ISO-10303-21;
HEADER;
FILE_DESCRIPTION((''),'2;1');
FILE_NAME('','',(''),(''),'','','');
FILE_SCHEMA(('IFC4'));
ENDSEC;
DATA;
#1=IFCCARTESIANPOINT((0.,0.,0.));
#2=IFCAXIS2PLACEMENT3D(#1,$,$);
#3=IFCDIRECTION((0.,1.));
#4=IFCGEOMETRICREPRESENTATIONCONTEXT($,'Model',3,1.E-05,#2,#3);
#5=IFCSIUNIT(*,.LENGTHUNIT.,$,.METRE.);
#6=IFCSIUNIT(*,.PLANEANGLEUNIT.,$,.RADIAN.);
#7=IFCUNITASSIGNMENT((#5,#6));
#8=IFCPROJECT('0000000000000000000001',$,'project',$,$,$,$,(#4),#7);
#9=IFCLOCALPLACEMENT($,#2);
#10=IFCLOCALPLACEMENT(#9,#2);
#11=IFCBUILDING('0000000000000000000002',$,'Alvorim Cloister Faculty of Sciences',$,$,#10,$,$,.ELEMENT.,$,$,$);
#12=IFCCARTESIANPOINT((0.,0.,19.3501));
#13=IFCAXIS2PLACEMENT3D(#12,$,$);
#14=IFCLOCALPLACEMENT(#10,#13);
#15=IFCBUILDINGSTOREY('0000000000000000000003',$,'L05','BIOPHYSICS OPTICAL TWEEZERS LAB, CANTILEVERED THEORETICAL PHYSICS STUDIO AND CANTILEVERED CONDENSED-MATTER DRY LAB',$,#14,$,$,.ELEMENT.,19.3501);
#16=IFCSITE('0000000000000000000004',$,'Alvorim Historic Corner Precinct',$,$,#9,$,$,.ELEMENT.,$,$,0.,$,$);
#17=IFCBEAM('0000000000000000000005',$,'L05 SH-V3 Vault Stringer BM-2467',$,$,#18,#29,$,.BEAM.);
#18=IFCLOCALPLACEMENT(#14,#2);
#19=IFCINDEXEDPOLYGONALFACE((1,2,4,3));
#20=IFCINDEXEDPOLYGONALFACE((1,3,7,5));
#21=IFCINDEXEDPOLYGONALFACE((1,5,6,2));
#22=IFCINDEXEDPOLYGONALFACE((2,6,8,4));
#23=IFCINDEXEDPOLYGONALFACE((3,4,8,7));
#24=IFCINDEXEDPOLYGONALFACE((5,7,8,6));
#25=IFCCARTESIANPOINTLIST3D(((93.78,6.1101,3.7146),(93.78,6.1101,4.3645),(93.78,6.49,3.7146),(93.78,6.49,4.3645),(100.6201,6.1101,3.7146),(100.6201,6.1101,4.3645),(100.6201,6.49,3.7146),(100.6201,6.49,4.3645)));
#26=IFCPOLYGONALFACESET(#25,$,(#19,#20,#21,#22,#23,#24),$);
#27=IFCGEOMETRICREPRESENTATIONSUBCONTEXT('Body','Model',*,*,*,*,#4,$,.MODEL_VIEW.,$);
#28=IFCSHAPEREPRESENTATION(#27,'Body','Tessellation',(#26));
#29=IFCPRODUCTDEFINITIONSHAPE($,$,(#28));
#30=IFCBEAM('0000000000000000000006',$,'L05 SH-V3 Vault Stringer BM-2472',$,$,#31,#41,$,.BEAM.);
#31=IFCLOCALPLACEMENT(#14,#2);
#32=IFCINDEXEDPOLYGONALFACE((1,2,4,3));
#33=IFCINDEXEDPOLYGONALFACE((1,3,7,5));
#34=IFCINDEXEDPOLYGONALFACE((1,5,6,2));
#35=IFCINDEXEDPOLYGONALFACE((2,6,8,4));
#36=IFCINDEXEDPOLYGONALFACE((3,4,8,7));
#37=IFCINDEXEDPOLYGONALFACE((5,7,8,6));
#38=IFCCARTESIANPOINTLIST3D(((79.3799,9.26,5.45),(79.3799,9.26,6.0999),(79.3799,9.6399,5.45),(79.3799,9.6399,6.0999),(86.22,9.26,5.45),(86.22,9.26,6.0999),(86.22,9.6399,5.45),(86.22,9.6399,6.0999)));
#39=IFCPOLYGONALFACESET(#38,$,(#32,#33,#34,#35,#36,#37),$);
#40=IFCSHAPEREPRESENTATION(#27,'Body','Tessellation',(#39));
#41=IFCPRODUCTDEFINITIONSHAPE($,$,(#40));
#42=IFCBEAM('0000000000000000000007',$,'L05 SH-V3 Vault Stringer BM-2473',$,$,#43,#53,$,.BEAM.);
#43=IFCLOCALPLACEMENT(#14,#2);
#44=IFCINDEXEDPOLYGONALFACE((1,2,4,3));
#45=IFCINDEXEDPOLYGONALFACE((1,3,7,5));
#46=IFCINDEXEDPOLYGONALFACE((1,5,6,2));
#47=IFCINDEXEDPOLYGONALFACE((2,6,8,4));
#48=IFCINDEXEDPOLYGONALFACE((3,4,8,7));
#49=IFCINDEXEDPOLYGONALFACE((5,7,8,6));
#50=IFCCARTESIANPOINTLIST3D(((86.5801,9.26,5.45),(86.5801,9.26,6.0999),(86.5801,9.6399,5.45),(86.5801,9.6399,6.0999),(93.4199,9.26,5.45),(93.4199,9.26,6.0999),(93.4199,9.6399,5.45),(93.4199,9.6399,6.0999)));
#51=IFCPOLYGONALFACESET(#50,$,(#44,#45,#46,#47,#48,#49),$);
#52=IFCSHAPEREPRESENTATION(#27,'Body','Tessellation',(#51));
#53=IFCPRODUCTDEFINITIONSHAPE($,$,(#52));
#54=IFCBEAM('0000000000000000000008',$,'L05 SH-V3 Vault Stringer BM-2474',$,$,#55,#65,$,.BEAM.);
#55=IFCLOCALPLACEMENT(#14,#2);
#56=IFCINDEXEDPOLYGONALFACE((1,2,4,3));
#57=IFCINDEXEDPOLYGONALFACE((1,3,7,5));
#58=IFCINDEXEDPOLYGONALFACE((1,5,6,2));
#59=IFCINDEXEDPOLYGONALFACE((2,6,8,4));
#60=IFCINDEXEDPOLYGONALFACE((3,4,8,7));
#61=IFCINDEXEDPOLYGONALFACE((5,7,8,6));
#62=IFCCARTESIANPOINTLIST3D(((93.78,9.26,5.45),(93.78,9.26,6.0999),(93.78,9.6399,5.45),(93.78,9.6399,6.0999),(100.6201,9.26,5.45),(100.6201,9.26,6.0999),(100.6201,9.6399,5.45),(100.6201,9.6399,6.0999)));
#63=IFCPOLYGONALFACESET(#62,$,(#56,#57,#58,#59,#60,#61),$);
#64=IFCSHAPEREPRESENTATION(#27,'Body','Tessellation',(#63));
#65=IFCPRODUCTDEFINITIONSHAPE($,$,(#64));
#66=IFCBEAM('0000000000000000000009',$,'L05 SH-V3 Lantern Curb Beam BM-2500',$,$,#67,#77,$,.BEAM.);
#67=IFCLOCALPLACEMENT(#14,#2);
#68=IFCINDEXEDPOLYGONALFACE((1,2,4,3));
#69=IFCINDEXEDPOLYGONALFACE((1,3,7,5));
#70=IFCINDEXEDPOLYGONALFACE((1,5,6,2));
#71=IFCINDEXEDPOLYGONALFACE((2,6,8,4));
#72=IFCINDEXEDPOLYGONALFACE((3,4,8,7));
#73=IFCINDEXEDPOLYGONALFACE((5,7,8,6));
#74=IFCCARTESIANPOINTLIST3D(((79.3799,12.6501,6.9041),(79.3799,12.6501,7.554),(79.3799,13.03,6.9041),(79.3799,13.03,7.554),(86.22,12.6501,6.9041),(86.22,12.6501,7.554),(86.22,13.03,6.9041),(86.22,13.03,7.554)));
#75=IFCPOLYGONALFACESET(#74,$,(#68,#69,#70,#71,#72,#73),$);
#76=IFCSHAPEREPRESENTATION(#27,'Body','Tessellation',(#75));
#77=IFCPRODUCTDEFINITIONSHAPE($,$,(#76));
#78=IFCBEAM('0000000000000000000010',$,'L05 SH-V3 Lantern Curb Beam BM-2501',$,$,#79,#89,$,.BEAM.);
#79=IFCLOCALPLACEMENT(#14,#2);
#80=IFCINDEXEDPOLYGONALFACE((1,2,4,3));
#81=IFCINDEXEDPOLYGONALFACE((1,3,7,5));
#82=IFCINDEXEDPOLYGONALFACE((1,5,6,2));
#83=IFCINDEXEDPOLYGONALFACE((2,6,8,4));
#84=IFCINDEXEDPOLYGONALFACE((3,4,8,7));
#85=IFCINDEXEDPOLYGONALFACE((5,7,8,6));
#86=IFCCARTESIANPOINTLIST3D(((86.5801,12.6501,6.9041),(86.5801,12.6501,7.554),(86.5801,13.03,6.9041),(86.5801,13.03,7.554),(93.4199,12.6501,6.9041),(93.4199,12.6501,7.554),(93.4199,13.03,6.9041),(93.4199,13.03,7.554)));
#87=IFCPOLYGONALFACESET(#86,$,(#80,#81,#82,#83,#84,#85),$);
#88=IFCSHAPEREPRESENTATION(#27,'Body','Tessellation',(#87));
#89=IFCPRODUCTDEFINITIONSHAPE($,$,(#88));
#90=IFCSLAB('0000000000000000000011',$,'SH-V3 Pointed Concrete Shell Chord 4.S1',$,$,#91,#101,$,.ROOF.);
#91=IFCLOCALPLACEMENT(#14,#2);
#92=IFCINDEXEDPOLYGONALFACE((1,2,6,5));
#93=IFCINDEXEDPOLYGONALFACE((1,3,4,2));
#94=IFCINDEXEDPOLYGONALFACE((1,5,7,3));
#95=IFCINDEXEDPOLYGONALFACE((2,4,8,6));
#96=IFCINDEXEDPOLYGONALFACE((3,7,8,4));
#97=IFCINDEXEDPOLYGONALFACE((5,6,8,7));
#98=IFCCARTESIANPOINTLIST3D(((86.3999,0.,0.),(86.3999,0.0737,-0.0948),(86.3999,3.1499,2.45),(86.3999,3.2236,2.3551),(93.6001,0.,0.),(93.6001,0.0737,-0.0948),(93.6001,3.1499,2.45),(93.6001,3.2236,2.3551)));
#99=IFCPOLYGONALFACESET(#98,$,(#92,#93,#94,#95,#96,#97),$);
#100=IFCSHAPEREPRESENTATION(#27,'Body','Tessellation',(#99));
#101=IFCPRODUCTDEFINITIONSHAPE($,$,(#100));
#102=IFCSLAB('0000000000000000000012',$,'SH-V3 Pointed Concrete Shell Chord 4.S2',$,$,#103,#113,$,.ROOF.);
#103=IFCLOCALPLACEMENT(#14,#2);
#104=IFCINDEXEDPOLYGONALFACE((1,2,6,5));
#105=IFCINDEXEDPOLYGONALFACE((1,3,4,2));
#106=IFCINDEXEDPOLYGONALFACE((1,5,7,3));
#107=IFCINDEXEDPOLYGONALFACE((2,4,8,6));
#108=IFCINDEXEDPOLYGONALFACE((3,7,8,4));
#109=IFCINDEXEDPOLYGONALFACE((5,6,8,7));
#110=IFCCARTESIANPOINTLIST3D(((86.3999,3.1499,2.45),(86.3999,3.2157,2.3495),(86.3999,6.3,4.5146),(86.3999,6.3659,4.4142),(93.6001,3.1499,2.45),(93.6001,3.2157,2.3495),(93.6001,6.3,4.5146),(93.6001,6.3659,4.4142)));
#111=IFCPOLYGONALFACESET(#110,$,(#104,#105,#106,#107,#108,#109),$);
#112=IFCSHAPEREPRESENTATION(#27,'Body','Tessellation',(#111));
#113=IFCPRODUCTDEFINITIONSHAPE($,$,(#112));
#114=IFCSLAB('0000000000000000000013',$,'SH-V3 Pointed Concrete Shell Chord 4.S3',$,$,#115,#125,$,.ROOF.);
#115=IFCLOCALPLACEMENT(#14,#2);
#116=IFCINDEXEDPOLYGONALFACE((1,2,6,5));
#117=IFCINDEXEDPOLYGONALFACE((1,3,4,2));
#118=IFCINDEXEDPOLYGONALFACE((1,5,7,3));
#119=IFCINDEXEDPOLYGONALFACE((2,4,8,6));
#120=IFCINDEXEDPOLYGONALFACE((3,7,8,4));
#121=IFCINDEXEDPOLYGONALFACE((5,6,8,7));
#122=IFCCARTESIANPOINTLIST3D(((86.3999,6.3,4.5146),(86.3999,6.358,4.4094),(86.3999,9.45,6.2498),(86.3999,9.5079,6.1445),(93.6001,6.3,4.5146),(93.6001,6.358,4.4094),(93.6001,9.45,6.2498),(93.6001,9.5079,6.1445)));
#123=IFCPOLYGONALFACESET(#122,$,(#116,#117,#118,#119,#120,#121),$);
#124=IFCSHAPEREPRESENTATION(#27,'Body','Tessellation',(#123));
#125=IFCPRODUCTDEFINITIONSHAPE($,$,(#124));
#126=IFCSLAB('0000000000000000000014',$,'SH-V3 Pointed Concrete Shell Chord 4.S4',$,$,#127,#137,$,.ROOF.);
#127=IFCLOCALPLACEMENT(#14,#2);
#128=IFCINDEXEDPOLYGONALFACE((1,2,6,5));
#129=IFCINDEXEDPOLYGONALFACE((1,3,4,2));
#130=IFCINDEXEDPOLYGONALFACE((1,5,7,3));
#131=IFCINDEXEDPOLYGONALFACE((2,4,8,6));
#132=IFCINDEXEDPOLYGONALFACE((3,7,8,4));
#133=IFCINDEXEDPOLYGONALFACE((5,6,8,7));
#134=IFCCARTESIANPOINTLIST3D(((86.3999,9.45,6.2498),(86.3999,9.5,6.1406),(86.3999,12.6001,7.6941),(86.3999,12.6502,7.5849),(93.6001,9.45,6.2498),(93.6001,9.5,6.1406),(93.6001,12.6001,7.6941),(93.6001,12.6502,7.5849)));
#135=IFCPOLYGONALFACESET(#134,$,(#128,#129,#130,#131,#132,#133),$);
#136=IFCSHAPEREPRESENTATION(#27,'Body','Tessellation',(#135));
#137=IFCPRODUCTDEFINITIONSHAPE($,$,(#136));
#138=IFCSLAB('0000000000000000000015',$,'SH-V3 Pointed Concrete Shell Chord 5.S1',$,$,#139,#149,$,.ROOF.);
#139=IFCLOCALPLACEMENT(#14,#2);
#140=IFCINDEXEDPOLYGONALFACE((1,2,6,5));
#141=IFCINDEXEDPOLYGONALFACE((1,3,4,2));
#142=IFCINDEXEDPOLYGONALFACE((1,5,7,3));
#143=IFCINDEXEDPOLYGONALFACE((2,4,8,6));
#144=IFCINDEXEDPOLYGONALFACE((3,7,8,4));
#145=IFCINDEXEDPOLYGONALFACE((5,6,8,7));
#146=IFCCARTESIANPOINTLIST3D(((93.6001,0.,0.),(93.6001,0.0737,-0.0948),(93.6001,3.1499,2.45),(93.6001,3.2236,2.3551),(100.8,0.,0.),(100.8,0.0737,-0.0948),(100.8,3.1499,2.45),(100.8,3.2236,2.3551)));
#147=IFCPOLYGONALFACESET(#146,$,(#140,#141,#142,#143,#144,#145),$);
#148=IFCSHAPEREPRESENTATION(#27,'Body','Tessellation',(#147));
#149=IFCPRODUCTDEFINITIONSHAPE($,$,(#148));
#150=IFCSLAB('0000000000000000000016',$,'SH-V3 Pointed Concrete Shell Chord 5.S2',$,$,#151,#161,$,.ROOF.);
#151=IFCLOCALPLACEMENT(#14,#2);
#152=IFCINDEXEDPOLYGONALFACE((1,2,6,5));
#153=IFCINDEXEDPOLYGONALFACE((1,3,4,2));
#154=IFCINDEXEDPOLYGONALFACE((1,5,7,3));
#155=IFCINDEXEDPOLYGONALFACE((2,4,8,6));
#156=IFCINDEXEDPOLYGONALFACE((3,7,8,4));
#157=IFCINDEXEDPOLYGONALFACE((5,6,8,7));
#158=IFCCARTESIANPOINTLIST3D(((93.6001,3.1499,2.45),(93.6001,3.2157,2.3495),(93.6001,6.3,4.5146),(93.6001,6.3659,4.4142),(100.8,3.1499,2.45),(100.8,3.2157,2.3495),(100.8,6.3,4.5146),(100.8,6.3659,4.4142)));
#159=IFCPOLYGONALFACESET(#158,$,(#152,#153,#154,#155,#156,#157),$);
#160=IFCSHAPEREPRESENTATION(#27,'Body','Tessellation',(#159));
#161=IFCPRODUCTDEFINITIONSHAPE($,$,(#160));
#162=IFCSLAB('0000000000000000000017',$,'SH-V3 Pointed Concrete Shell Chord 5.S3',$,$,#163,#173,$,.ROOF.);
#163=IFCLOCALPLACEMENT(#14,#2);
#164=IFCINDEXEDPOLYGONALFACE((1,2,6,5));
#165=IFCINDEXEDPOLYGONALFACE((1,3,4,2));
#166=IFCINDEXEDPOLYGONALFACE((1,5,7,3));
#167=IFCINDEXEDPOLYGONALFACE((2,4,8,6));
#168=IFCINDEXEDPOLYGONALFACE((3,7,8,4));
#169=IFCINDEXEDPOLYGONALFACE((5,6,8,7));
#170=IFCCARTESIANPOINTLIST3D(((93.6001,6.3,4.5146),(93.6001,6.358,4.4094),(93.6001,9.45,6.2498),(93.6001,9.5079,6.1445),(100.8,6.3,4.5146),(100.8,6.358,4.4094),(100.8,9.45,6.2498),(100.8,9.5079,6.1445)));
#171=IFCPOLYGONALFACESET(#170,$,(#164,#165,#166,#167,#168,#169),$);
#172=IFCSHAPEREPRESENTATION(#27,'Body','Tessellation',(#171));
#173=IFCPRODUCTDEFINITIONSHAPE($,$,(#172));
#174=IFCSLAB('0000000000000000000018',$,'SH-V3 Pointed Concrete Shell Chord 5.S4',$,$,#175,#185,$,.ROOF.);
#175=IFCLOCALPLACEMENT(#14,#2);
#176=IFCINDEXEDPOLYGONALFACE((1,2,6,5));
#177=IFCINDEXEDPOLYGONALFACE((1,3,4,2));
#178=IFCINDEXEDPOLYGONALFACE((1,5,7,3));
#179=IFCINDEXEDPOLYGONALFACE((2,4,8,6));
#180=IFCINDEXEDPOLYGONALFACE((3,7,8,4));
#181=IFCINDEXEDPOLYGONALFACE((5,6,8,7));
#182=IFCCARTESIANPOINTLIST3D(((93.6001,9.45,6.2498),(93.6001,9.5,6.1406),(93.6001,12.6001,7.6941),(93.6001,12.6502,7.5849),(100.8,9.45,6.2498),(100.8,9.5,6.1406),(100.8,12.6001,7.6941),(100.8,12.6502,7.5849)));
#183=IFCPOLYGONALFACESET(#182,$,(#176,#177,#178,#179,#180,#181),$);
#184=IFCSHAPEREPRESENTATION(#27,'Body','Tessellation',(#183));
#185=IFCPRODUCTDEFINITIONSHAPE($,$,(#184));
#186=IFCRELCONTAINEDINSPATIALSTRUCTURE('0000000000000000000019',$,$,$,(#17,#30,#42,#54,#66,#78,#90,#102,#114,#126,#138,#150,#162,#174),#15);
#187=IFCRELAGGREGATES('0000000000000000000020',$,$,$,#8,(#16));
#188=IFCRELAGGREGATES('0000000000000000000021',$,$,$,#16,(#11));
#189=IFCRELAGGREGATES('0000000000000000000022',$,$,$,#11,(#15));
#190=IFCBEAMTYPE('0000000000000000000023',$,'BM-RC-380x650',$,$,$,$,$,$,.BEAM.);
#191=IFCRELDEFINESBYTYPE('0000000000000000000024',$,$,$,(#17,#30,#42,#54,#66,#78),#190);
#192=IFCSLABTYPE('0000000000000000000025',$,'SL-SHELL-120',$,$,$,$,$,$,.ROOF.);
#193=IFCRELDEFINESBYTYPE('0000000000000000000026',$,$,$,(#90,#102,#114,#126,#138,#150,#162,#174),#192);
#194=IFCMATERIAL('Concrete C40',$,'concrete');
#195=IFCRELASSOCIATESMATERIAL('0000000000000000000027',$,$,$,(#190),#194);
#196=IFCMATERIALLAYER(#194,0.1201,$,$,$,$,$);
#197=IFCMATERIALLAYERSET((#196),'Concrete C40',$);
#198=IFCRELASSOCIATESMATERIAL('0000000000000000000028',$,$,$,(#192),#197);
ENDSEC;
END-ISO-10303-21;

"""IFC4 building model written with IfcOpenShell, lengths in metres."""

from ifc_helpers import new_model, si_unit, direction, frame, origin, origin_2d, place, context, subcontext, project, spatial, polyline, rectangle, outline, extrude, material, layer, layer_set, material_profile, profile_set, type_object, element, save


model = new_model("IFC4")

# Units and contexts
model_context = context("Model", 3, precision=1e-05, world=origin(), true_north=direction((0.0, 1.0)))
body_context = subcontext(model_context, "Body", "Model", "MODEL_VIEW")
ifc_project = project(units=[si_unit("LENGTHUNIT", "METRE"), si_unit("PLANEANGLEUNIT", "RADIAN")], contexts=[model_context])

# Site, building, storey
site_placement = place(None, origin())
site = spatial("IfcSite", under=ifc_project, at=site_placement, Name="Alvorim Historic Corner Precinct", CompositionType="ELEMENT", RefElevation=0.0)
building_placement = place(site_placement, origin())
building = spatial("IfcBuilding", under=site, at=building_placement, Name="Alvorim Cloister Faculty of Sciences", CompositionType="ELEMENT")
storey_placement = place(building_placement, frame((0.0, 0.0, 19.3501)))
storey = spatial("IfcBuildingStorey", under=building, at=storey_placement, Name="L05", Description="BIOPHYSICS OPTICAL TWEEZERS LAB, CANTILEVERED THEORETICAL PHYSICS STUDIO AND CANTILEVERED CONDENSED-MATTER DRY LAB", CompositionType="ELEMENT", Elevation=19.3501)

# Beams
ifc_material = material(Name="Concrete C40", Category="concrete")
ifc_material_profile_1 = material_profile(ifc_material, rectangle(XDim=0.3799, YDim=0.6499, at=origin_2d()), Name="RC40-BM-380x650")
ifc_profile_set_1 = profile_set([ifc_material_profile_1], Name="Concrete C40")
beam_type_1 = type_object("IfcBeamType", Name="BM-RC-380x650", PredefinedType="BEAM", material=ifc_profile_set_1)
for number, where, z_axis, x_axis, name in (
    (1, (93.78, 6.3, 4.0396), (1.0, 0.0, 0.0), (0.0, 1.0, 0.0), "L05 SH-V3 Vault Stringer BM-2467"),
    (2, (79.3799, 9.45, 5.7749), (1.0, 0.0, 0.0), (0.0, 1.0, 0.0), "L05 SH-V3 Vault Stringer BM-2472"),
):
    element("IfcBeam", number, at=place(storey_placement, frame(where, z_axis=z_axis, x_axis=x_axis)), inside=storey, type_object=beam_type_1, Name=name, PredefinedType="BEAM", context=body_context, shape_type="SweptSolid", body=[
        extrude(rectangle(XDim=0.3799, YDim=0.6499, at=origin_2d()), origin(), (0.0, 0.0, 1.0), 6.8401),
    ])
beam_1_placement = place(storey_placement, frame((86.5801, 9.45, 5.7749), z_axis=(1.0, 0.0, 0.0), x_axis=(0.0, 1.0, 0.0)))
element("IfcBeam", 3, at=beam_1_placement, inside=storey, type_object=beam_type_1, Name="L05 SH-V3 Vault Stringer BM-2473", PredefinedType="BEAM", context=body_context, shape_type="SweptSolid", body=[
    extrude(rectangle(XDim=0.3799, YDim=0.6499, at=origin_2d()), origin(), (0.0, 0.0, 1.0), 6.8398),
])
for number, where, z_axis, x_axis, name in (
    (4, (93.78, 9.45, 5.7749), (1.0, 0.0, 0.0), (0.0, 1.0, 0.0), "L05 SH-V3 Vault Stringer BM-2474"),
    (5, (79.3799, 12.8401, 7.229), (1.0, 0.0, 0.0), (0.0, 1.0, 0.0), "L05 SH-V3 Lantern Curb Beam BM-2500"),
):
    element("IfcBeam", number, at=place(storey_placement, frame(where, z_axis=z_axis, x_axis=x_axis)), inside=storey, type_object=beam_type_1, Name=name, PredefinedType="BEAM", context=body_context, shape_type="SweptSolid", body=[
        extrude(rectangle(XDim=0.3799, YDim=0.6499, at=origin_2d()), origin(), (0.0, 0.0, 1.0), 6.8401),
    ])
beam_2_placement = place(storey_placement, frame((86.5801, 12.8401, 7.229), z_axis=(1.0, 0.0, 0.0), x_axis=(0.0, 1.0, 0.0)))
element("IfcBeam", 6, at=beam_2_placement, inside=storey, type_object=beam_type_1, Name="L05 SH-V3 Lantern Curb Beam BM-2501", PredefinedType="BEAM", context=body_context, shape_type="SweptSolid", body=[
    extrude(rectangle(XDim=0.3799, YDim=0.6499, at=origin_2d()), origin(), (0.0, 0.0, 1.0), 6.8398),
])

# Slabs
ifc_layer = layer(ifc_material, 0.1201)
ifc_layer_set = layer_set([ifc_layer], Name="Concrete C40")
slab_type = type_object("IfcSlabType", Name="SL-SHELL-120", PredefinedType="ROOF", material=ifc_layer_set)
slab_1_placement = place(storey_placement, frame((86.3999, 0.0, 0.0), z_axis=(0.0, -0.613945, 0.789349), x_axis=(1.0, 0.0, 0.0)))
element("IfcSlab", 7, at=slab_1_placement, inside=storey, type_object=slab_type, Name="SH-V3 Pointed Concrete Shell Chord 4.S1", PredefinedType="ROOF", context=body_context, shape_type="SweptSolid", body=[
    extrude(outline(polyline([(0.0, 0.0), (7.2002, 0.0), (7.2002, 3.9905), (0.0, 3.9905), (0.0, 0.0)])), origin(), (0.0, 0.0, -1.0), 0.1201),
])
slab_2_placement = place(storey_placement, frame((86.3999, 3.1499, 2.45), z_axis=(0.0, -0.548176, 0.836363), x_axis=(1.0, 0.0, 0.0)))
element("IfcSlab", 8, at=slab_2_placement, inside=storey, type_object=slab_type, Name="SH-V3 Pointed Concrete Shell Chord 4.S2", PredefinedType="ROOF", context=body_context, shape_type="SweptSolid", body=[
    extrude(outline(polyline([(0.0, 0.0), (7.2002, 0.0), (7.2002, 3.7665), (0.0, 3.7665), (0.0, 0.0)])), origin(), (0.0, 0.0, -1.0), 0.1201),
])
slab_3_placement = place(storey_placement, frame((86.3999, 6.3, 4.5146), z_axis=(0.0, -0.482487, 0.875903), x_axis=(1.0, 0.0, 0.0)))
element("IfcSlab", 9, at=slab_3_placement, inside=storey, type_object=slab_type, Name="SH-V3 Pointed Concrete Shell Chord 4.S3", PredefinedType="ROOF", context=body_context, shape_type="SweptSolid", body=[
    extrude(outline(polyline([(0.0, 0.0), (7.2002, 0.0), (7.2002, 3.5962), (0.0, 3.5962), (0.0, 0.0)])), origin(), (0.0, 0.0, -1.0), 0.1201),
])
slab_4_placement = place(storey_placement, frame((86.3999, 9.45, 6.2498), z_axis=(0.0, -0.416778, 0.909008), x_axis=(1.0, 0.0, 0.0)))
element("IfcSlab", 10, at=slab_4_placement, inside=storey, type_object=slab_type, Name="SH-V3 Pointed Concrete Shell Chord 4.S4", PredefinedType="ROOF", context=body_context, shape_type="SweptSolid", body=[
    extrude(outline(polyline([(0.0, 0.0), (7.2002, 0.0), (7.2002, 3.4655), (0.0, 3.4655), (0.0, 0.0)])), origin(), (0.0, 0.0, -1.0), 0.1201),
])
slab_5_placement = place(storey_placement, frame((93.6001, 0.0, 0.0), z_axis=(0.0, -0.613945, 0.789349), x_axis=(1.0, 0.0, 0.0)))
element("IfcSlab", 11, at=slab_5_placement, inside=storey, type_object=slab_type, Name="SH-V3 Pointed Concrete Shell Chord 5.S1", PredefinedType="ROOF", context=body_context, shape_type="SweptSolid", body=[
    extrude(outline(polyline([(0.0, 0.0), (7.2, 0.0), (7.2, 3.9905), (0.0, 3.9905), (0.0, 0.0)])), origin(), (0.0, 0.0, -1.0), 0.1201),
])
slab_6_placement = place(storey_placement, frame((93.6001, 3.1499, 2.45), z_axis=(0.0, -0.548176, 0.836363), x_axis=(1.0, 0.0, 0.0)))
element("IfcSlab", 12, at=slab_6_placement, inside=storey, type_object=slab_type, Name="SH-V3 Pointed Concrete Shell Chord 5.S2", PredefinedType="ROOF", context=body_context, shape_type="SweptSolid", body=[
    extrude(outline(polyline([(0.0, 0.0), (7.2, 0.0), (7.2, 3.7665), (0.0, 3.7665), (0.0, 0.0)])), origin(), (0.0, 0.0, -1.0), 0.1201),
])
slab_7_placement = place(storey_placement, frame((93.6001, 6.3, 4.5146), z_axis=(0.0, -0.482487, 0.875903), x_axis=(1.0, 0.0, 0.0)))
element("IfcSlab", 13, at=slab_7_placement, inside=storey, type_object=slab_type, Name="SH-V3 Pointed Concrete Shell Chord 5.S3", PredefinedType="ROOF", context=body_context, shape_type="SweptSolid", body=[
    extrude(outline(polyline([(0.0, 0.0), (7.2, 0.0), (7.2, 3.5962), (0.0, 3.5962), (0.0, 0.0)])), origin(), (0.0, 0.0, -1.0), 0.1201),
])
slab_8_placement = place(storey_placement, frame((93.6001, 9.45, 6.2498), z_axis=(0.0, -0.416778, 0.909008), x_axis=(1.0, 0.0, 0.0)))
element("IfcSlab", 14, at=slab_8_placement, inside=storey, type_object=slab_type, Name="SH-V3 Pointed Concrete Shell Chord 5.S4", PredefinedType="ROOF", context=body_context, shape_type="SweptSolid", body=[
    extrude(outline(polyline([(0.0, 0.0), (7.2, 0.0), (7.2, 3.4655), (0.0, 3.4655), (0.0, 0.0)])), origin(), (0.0, 0.0, -1.0), 0.1201),
])

save(model, "model.ifc")
